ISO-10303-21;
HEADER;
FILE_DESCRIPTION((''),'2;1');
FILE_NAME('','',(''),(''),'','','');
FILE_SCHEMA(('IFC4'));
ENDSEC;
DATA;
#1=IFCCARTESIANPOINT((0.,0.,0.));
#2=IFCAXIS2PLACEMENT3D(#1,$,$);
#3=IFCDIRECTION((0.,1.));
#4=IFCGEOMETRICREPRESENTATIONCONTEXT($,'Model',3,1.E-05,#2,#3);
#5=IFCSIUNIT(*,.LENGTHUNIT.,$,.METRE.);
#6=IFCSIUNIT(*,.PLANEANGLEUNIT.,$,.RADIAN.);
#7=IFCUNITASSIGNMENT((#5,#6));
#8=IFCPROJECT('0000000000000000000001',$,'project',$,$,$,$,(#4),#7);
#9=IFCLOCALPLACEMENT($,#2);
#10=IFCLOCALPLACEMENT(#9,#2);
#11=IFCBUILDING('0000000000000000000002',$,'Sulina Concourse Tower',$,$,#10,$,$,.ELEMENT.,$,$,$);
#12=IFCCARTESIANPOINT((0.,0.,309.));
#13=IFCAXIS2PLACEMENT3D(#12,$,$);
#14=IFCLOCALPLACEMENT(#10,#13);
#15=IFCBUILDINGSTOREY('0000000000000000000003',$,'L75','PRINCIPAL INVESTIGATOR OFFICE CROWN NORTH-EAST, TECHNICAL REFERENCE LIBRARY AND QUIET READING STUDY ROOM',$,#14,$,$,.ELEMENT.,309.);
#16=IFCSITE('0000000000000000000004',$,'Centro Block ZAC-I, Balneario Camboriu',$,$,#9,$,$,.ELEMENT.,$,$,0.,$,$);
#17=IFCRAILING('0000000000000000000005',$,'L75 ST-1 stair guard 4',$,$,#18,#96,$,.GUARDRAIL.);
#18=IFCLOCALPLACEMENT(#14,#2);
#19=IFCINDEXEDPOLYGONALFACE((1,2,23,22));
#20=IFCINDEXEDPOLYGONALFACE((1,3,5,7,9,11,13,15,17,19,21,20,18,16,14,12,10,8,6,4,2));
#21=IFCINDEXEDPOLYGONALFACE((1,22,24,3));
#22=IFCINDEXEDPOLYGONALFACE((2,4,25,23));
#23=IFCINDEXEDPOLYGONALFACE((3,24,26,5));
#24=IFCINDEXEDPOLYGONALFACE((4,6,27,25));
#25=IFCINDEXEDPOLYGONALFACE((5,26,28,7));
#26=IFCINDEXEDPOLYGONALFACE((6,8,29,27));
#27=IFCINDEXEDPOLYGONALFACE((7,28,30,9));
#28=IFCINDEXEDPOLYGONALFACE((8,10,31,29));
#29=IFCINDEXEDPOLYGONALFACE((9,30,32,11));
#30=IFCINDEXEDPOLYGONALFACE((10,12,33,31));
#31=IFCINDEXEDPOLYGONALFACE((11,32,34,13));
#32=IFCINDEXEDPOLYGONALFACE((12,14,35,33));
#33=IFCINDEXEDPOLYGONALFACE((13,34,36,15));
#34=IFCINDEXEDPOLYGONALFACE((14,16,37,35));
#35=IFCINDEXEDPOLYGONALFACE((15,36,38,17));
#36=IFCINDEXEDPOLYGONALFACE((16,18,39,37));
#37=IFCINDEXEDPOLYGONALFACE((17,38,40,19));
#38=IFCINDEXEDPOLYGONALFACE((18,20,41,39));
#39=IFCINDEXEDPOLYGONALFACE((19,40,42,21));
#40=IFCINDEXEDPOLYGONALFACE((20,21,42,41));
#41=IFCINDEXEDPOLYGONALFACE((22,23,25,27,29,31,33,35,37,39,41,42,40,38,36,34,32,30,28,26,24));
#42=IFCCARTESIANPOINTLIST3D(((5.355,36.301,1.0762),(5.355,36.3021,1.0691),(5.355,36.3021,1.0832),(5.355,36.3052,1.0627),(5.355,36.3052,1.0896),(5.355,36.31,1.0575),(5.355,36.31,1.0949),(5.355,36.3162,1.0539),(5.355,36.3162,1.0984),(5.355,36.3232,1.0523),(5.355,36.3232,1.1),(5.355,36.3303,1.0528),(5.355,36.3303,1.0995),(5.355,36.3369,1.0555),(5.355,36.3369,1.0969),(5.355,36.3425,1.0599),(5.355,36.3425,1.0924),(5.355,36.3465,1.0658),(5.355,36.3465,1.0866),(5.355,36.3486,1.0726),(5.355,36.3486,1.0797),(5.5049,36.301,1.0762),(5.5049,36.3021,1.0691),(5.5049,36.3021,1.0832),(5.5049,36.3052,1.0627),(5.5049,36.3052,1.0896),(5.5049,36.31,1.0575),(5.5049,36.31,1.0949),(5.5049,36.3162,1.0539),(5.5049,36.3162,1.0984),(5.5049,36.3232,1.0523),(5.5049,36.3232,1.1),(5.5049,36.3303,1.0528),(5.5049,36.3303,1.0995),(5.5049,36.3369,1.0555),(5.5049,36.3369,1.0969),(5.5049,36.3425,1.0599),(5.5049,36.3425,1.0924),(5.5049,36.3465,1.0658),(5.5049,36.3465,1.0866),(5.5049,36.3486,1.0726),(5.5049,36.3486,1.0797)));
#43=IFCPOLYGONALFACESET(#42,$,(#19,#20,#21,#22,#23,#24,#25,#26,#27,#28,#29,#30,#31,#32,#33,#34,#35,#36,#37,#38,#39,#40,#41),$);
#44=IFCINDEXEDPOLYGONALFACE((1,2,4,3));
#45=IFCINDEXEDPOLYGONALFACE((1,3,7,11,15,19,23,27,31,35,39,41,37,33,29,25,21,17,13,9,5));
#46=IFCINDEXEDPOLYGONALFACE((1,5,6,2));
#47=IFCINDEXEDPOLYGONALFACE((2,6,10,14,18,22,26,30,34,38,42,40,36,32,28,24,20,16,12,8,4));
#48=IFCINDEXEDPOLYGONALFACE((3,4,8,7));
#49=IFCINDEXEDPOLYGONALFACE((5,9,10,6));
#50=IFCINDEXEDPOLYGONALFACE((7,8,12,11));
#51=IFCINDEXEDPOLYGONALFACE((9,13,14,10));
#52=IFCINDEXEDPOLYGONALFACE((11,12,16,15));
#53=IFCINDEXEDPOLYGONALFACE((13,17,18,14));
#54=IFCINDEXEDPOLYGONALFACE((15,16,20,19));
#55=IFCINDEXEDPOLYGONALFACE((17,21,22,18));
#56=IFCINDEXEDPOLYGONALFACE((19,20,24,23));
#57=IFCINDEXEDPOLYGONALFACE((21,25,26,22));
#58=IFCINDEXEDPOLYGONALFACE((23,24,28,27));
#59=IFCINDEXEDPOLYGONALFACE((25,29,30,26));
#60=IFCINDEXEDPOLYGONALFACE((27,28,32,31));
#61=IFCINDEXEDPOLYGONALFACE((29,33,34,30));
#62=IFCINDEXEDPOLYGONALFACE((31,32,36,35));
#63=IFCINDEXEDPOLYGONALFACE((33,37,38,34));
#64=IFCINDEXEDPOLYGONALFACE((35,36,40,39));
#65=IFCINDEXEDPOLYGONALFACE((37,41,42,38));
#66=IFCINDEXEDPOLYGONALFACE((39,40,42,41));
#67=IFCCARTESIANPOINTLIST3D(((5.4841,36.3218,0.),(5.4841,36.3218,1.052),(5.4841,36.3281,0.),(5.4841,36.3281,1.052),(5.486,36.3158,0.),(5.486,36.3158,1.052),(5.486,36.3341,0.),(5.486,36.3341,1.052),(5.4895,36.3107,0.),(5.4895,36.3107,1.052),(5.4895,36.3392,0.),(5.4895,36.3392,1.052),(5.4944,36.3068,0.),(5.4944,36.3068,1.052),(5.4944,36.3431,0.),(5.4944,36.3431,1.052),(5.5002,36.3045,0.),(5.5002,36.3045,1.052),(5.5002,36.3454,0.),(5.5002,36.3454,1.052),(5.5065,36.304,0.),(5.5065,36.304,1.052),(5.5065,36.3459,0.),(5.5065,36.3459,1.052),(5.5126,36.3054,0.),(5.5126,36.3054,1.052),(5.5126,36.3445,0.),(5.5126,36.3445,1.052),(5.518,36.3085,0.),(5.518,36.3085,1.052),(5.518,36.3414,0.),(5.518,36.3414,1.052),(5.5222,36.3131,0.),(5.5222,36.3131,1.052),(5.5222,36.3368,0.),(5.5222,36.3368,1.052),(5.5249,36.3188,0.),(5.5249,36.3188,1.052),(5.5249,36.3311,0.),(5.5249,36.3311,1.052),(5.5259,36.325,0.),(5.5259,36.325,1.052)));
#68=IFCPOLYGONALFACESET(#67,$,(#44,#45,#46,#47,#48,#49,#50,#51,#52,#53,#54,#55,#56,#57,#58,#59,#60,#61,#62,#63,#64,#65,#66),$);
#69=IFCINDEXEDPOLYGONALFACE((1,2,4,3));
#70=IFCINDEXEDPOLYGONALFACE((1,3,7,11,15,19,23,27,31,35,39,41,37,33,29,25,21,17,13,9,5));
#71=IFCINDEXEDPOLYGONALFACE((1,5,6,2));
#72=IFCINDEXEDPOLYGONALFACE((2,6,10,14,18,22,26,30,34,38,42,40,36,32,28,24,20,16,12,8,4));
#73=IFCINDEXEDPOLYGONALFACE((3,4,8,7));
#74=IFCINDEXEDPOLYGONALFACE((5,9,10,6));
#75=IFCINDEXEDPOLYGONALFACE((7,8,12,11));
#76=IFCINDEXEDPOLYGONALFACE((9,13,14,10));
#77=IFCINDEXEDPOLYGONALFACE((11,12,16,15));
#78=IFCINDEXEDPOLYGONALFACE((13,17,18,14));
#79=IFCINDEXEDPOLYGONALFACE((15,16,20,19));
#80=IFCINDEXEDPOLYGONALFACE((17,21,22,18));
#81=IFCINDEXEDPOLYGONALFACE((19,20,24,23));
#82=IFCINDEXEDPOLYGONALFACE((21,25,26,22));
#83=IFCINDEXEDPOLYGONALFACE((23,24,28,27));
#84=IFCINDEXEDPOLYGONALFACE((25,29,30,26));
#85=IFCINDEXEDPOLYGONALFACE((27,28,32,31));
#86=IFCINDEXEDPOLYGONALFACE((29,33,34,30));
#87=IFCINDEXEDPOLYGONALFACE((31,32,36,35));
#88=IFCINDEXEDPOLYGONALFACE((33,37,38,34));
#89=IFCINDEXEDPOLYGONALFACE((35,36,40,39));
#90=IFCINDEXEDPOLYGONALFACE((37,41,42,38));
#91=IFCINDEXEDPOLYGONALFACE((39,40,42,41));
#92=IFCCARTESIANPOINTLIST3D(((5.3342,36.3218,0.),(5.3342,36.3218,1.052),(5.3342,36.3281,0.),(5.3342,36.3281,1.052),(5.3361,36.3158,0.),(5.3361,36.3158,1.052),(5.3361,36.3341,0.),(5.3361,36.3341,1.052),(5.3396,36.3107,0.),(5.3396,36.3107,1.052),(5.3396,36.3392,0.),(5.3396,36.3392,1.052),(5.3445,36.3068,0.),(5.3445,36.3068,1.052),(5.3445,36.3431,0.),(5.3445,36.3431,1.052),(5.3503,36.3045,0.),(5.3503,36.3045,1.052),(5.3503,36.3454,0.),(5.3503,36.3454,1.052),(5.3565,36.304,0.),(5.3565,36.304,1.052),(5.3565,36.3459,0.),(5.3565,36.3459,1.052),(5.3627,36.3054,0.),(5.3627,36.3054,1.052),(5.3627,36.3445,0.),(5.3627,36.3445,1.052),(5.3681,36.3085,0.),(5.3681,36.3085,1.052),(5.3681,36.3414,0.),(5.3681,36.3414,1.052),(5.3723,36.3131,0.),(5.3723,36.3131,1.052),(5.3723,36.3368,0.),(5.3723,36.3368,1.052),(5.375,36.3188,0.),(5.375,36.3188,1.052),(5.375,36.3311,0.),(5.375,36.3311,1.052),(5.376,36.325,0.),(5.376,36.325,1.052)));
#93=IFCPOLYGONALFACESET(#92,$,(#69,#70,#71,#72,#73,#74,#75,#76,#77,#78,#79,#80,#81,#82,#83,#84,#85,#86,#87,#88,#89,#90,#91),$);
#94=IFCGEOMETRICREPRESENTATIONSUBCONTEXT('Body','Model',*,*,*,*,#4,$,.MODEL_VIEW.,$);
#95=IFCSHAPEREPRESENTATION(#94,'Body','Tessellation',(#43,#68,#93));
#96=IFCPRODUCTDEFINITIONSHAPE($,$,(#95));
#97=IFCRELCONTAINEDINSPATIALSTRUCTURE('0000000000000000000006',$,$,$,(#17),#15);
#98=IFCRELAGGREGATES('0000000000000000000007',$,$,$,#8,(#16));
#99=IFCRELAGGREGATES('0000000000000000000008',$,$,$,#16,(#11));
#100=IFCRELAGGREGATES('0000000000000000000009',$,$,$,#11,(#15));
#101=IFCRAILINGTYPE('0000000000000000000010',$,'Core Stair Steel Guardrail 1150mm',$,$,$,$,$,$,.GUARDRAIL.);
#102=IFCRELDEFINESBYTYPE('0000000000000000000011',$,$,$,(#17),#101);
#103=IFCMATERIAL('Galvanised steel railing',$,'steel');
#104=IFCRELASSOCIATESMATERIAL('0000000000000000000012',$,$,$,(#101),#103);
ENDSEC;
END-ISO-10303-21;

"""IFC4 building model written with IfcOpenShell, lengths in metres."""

from ifc_helpers import new_model, si_unit, direction, frame, origin, origin_2d, place, context, subcontext, project, spatial, circle, extrude, material, type_object, element, save


model = new_model("IFC4")

# Units and contexts
model_context = context("Model", 3, precision=1e-05, world=origin(), true_north=direction((0.0, 1.0)))
body_context = subcontext(model_context, "Body", "Model", "MODEL_VIEW")
ifc_project = project(units=[si_unit("LENGTHUNIT", "METRE"), si_unit("PLANEANGLEUNIT", "RADIAN")], contexts=[model_context])

# Site, building, storey
site_placement = place(None, origin())
site = spatial("IfcSite", under=ifc_project, at=site_placement, Name="Centro Block ZAC-I, Balneario Camboriu", CompositionType="ELEMENT", RefElevation=0.0)
building_placement = place(site_placement, origin())
building = spatial("IfcBuilding", under=site, at=building_placement, Name="Sulina Concourse Tower", CompositionType="ELEMENT")
storey_placement = place(building_placement, frame((0.0, 0.0, 309.0)))
storey = spatial("IfcBuildingStorey", under=building, at=storey_placement, Name="L75", Description="PRINCIPAL INVESTIGATOR OFFICE CROWN NORTH-EAST, TECHNICAL REFERENCE LIBRARY AND QUIET READING STUDY ROOM", CompositionType="ELEMENT", Elevation=309.0)

# Railing
ifc_material_1 = material(Name="Galvanised steel railing", Category="steel")
railing_type_1 = type_object("IfcRailingType", Name="Core Stair Steel Guardrail 1150mm", PredefinedType="GUARDRAIL", material=ifc_material_1)
railing_1_placement = place(storey_placement, frame((5.5049, 36.325, 0.0)))
element("IfcRailing", 1, at=railing_1_placement, inside=storey, type_object=railing_type_1, Name="L75 ST-1 stair guard 4", PredefinedType="GUARDRAIL", context=body_context, shape_type="SweptSolid", body=[
    extrude(circle(Radius=0.0239, at=origin_2d()), frame((0.0, 0.0, 1.0762), z_axis=(-1.0, 0.0, 0.0), x_axis=(0.0, -1.0, 0.0)), (0.0, 0.0, 1.0), 0.1499),
    extrude(circle(Radius=0.021, at=origin_2d()), origin(), (0.0, 0.0, 1.0), 1.052),
    extrude(circle(Radius=0.021, at=origin_2d()), frame((-0.1499, 0.0, 0.0)), (0.0, 0.0, 1.0), 1.052),
])

save(model, "model.ifc")
